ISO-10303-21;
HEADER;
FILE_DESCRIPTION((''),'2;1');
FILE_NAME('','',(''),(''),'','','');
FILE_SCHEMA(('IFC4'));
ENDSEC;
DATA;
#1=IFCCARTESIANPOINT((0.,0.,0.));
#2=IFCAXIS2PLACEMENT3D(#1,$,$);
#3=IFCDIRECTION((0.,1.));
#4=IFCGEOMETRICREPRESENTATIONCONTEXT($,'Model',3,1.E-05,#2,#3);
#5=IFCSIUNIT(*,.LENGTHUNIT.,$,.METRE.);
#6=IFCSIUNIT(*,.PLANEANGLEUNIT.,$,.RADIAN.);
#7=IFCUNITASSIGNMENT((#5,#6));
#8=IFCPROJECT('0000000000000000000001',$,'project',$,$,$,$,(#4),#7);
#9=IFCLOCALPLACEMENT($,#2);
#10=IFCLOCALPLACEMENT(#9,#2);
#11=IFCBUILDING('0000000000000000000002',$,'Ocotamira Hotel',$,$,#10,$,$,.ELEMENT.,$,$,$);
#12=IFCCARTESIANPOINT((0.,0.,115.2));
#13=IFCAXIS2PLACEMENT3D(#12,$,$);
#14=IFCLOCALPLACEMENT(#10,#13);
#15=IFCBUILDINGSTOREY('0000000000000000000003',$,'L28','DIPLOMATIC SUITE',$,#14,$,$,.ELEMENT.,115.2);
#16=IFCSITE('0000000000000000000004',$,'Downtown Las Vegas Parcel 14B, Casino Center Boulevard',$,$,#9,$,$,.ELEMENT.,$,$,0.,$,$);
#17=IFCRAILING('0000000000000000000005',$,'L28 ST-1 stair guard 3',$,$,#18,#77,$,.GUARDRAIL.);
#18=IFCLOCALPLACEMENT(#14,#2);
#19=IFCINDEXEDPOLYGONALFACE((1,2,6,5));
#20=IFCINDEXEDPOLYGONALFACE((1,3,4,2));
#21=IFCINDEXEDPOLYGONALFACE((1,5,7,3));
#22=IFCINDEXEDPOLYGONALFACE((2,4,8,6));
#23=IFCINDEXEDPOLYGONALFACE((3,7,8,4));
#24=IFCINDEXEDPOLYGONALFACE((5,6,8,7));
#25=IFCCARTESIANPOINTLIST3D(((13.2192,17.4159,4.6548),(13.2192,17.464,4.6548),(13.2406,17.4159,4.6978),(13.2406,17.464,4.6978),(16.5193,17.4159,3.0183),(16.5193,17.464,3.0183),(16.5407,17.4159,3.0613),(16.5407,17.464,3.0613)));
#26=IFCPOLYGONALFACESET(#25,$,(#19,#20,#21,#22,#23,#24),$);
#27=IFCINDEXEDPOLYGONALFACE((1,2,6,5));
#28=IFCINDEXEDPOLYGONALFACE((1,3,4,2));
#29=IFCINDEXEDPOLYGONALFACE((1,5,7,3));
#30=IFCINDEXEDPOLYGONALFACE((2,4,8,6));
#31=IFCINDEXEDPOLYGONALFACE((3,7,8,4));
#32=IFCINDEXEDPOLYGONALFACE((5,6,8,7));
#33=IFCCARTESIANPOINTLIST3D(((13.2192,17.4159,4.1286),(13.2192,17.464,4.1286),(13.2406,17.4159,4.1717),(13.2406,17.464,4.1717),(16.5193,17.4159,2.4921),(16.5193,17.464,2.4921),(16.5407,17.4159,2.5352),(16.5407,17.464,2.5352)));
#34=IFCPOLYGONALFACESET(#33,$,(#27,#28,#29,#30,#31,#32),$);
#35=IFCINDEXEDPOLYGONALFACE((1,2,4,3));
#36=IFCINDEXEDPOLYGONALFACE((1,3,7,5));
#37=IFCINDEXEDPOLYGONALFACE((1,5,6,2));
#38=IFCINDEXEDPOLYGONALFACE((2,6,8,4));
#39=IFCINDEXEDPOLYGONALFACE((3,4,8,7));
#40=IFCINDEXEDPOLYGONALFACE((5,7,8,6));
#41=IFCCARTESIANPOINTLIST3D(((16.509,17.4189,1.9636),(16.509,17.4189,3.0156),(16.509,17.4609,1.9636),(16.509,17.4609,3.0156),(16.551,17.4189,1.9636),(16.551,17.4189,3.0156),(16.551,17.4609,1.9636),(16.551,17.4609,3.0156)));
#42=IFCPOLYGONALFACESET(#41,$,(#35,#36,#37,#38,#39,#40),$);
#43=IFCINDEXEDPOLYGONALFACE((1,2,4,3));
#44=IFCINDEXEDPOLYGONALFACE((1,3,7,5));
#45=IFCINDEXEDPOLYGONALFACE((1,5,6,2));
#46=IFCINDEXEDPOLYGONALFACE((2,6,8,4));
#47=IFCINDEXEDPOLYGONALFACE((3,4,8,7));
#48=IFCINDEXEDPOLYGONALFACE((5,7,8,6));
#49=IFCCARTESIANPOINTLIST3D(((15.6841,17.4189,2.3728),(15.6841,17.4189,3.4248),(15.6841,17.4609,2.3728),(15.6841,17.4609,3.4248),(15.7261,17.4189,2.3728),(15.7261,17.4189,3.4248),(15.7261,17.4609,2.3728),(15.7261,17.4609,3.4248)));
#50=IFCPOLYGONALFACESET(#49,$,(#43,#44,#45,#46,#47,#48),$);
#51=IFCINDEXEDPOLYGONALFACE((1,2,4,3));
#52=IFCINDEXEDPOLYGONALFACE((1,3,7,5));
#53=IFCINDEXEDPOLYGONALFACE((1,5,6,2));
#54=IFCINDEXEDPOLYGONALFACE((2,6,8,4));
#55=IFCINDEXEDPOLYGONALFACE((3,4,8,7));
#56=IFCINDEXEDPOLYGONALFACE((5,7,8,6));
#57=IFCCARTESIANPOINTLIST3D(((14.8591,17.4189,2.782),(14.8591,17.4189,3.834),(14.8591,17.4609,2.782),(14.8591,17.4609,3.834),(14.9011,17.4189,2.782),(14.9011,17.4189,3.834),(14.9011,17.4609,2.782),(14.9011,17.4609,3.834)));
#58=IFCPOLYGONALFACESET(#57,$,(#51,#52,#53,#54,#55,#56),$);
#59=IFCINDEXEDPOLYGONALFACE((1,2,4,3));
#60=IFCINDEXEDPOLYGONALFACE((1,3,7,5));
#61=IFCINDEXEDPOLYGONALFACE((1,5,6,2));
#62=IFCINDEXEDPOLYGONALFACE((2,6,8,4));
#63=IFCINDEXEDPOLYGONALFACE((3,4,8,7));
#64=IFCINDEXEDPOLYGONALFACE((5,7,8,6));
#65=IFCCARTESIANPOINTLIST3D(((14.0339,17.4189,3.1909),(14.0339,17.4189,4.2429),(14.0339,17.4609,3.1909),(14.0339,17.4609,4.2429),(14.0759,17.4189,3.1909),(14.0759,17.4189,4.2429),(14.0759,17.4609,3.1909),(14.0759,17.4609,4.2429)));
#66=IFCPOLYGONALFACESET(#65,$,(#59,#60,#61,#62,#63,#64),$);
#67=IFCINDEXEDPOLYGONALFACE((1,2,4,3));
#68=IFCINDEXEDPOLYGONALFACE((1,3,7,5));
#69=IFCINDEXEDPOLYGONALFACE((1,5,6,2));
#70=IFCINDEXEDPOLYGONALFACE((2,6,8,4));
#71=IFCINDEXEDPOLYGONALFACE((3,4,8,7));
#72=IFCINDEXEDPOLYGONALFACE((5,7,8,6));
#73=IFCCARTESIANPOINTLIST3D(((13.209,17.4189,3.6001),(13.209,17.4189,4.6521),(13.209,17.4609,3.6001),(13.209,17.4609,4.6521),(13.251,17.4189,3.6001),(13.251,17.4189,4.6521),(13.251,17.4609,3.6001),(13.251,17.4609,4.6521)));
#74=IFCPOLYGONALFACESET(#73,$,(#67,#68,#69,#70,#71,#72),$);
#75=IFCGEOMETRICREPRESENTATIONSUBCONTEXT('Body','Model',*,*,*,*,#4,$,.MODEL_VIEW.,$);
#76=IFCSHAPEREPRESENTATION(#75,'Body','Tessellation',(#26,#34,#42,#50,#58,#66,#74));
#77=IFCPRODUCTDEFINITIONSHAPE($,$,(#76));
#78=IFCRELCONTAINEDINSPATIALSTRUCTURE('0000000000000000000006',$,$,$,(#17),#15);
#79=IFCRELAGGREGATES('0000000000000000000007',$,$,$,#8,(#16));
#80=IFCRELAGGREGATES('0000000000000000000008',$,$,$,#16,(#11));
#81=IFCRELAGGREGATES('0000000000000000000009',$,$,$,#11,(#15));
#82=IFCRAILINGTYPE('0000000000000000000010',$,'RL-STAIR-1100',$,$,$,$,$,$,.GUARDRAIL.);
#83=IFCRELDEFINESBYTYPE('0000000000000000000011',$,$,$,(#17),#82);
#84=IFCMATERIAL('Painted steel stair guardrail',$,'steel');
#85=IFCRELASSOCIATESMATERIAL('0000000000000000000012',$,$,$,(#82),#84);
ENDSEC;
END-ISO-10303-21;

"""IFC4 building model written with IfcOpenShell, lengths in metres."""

from ifc_helpers import new_model, si_unit, direction, frame, origin, origin_2d, place, context, subcontext, project, spatial, rectangle, extrude, material, type_object, element, save


model = new_model("IFC4")

# Units and contexts
model_context = context("Model", 3, precision=1e-05, world=origin(), true_north=direction((0.0, 1.0)))
body_context = subcontext(model_context, "Body", "Model", "MODEL_VIEW")
ifc_project = project(units=[si_unit("LENGTHUNIT", "METRE"), si_unit("PLANEANGLEUNIT", "RADIAN")], contexts=[model_context])

# Site, building, storey
site_placement = place(None, origin())
site = spatial("IfcSite", under=ifc_project, at=site_placement, Name="Downtown Las Vegas Parcel 14B, Casino Center Boulevard", CompositionType="ELEMENT", RefElevation=0.0)
building_placement = place(site_placement, origin())
building = spatial("IfcBuilding", under=site, at=building_placement, Name="Ocotamira Hotel", CompositionType="ELEMENT")
storey_placement = place(building_placement, frame((0.0, 0.0, 115.2)))
storey = spatial("IfcBuildingStorey", under=building, at=storey_placement, Name="L28", Description="DIPLOMATIC SUITE", CompositionType="ELEMENT", Elevation=115.2)

# Railing
ifc_material_1 = material(Name="Painted steel stair guardrail", Category="steel")
railing_type_1 = type_object("IfcRailingType", Name="RL-STAIR-1100", PredefinedType="GUARDRAIL", material=ifc_material_1)
railing_1_placement = place(storey_placement, frame((16.53, 17.4399, 1.9636)))
element("IfcRailing", 1, at=railing_1_placement, inside=storey, type_object=railing_type_1, Name="L28 ST-1 stair guard 3", PredefinedType="GUARDRAIL", context=body_context, shape_type="SweptSolid", body=[
    extrude(rectangle(XDim=0.0481, YDim=0.0481, at=origin_2d()), frame((0.0, 0.0, 1.0762), z_axis=(-0.895894, 0.0, 0.444268), x_axis=(0.0, -1.0, 0.0)), (0.0, 0.0, 1.0), 3.6836),
    extrude(rectangle(XDim=0.0481, YDim=0.0481, at=origin_2d()), frame((0.0, 0.0, 0.55), z_axis=(-0.895894, 0.0, 0.444268), x_axis=(0.0, -1.0, 0.0)), (0.0, 0.0, 1.0), 3.6836),
    extrude(rectangle(XDim=0.042, YDim=0.042, at=origin_2d()), origin(), (0.0, 0.0, 1.0), 1.052),
    extrude(rectangle(XDim=0.042, YDim=0.042, at=origin_2d()), frame((-0.825, 0.0, 0.4092)), (0.0, 0.0, 1.0), 1.052),
    extrude(rectangle(XDim=0.042, YDim=0.042, at=origin_2d()), frame((-1.6499, 0.0, 0.8184)), (0.0, 0.0, 1.0), 1.052),
    extrude(rectangle(XDim=0.042, YDim=0.042, at=origin_2d()), frame((-2.4751, 0.0, 1.2273)), (0.0, 0.0, 1.0), 1.052),
    extrude(rectangle(XDim=0.042, YDim=0.042, at=origin_2d()), frame((-3.3, 0.0, 1.6365)), (0.0, 0.0, 1.0), 1.052),
])

save(model, "model.ifc")
